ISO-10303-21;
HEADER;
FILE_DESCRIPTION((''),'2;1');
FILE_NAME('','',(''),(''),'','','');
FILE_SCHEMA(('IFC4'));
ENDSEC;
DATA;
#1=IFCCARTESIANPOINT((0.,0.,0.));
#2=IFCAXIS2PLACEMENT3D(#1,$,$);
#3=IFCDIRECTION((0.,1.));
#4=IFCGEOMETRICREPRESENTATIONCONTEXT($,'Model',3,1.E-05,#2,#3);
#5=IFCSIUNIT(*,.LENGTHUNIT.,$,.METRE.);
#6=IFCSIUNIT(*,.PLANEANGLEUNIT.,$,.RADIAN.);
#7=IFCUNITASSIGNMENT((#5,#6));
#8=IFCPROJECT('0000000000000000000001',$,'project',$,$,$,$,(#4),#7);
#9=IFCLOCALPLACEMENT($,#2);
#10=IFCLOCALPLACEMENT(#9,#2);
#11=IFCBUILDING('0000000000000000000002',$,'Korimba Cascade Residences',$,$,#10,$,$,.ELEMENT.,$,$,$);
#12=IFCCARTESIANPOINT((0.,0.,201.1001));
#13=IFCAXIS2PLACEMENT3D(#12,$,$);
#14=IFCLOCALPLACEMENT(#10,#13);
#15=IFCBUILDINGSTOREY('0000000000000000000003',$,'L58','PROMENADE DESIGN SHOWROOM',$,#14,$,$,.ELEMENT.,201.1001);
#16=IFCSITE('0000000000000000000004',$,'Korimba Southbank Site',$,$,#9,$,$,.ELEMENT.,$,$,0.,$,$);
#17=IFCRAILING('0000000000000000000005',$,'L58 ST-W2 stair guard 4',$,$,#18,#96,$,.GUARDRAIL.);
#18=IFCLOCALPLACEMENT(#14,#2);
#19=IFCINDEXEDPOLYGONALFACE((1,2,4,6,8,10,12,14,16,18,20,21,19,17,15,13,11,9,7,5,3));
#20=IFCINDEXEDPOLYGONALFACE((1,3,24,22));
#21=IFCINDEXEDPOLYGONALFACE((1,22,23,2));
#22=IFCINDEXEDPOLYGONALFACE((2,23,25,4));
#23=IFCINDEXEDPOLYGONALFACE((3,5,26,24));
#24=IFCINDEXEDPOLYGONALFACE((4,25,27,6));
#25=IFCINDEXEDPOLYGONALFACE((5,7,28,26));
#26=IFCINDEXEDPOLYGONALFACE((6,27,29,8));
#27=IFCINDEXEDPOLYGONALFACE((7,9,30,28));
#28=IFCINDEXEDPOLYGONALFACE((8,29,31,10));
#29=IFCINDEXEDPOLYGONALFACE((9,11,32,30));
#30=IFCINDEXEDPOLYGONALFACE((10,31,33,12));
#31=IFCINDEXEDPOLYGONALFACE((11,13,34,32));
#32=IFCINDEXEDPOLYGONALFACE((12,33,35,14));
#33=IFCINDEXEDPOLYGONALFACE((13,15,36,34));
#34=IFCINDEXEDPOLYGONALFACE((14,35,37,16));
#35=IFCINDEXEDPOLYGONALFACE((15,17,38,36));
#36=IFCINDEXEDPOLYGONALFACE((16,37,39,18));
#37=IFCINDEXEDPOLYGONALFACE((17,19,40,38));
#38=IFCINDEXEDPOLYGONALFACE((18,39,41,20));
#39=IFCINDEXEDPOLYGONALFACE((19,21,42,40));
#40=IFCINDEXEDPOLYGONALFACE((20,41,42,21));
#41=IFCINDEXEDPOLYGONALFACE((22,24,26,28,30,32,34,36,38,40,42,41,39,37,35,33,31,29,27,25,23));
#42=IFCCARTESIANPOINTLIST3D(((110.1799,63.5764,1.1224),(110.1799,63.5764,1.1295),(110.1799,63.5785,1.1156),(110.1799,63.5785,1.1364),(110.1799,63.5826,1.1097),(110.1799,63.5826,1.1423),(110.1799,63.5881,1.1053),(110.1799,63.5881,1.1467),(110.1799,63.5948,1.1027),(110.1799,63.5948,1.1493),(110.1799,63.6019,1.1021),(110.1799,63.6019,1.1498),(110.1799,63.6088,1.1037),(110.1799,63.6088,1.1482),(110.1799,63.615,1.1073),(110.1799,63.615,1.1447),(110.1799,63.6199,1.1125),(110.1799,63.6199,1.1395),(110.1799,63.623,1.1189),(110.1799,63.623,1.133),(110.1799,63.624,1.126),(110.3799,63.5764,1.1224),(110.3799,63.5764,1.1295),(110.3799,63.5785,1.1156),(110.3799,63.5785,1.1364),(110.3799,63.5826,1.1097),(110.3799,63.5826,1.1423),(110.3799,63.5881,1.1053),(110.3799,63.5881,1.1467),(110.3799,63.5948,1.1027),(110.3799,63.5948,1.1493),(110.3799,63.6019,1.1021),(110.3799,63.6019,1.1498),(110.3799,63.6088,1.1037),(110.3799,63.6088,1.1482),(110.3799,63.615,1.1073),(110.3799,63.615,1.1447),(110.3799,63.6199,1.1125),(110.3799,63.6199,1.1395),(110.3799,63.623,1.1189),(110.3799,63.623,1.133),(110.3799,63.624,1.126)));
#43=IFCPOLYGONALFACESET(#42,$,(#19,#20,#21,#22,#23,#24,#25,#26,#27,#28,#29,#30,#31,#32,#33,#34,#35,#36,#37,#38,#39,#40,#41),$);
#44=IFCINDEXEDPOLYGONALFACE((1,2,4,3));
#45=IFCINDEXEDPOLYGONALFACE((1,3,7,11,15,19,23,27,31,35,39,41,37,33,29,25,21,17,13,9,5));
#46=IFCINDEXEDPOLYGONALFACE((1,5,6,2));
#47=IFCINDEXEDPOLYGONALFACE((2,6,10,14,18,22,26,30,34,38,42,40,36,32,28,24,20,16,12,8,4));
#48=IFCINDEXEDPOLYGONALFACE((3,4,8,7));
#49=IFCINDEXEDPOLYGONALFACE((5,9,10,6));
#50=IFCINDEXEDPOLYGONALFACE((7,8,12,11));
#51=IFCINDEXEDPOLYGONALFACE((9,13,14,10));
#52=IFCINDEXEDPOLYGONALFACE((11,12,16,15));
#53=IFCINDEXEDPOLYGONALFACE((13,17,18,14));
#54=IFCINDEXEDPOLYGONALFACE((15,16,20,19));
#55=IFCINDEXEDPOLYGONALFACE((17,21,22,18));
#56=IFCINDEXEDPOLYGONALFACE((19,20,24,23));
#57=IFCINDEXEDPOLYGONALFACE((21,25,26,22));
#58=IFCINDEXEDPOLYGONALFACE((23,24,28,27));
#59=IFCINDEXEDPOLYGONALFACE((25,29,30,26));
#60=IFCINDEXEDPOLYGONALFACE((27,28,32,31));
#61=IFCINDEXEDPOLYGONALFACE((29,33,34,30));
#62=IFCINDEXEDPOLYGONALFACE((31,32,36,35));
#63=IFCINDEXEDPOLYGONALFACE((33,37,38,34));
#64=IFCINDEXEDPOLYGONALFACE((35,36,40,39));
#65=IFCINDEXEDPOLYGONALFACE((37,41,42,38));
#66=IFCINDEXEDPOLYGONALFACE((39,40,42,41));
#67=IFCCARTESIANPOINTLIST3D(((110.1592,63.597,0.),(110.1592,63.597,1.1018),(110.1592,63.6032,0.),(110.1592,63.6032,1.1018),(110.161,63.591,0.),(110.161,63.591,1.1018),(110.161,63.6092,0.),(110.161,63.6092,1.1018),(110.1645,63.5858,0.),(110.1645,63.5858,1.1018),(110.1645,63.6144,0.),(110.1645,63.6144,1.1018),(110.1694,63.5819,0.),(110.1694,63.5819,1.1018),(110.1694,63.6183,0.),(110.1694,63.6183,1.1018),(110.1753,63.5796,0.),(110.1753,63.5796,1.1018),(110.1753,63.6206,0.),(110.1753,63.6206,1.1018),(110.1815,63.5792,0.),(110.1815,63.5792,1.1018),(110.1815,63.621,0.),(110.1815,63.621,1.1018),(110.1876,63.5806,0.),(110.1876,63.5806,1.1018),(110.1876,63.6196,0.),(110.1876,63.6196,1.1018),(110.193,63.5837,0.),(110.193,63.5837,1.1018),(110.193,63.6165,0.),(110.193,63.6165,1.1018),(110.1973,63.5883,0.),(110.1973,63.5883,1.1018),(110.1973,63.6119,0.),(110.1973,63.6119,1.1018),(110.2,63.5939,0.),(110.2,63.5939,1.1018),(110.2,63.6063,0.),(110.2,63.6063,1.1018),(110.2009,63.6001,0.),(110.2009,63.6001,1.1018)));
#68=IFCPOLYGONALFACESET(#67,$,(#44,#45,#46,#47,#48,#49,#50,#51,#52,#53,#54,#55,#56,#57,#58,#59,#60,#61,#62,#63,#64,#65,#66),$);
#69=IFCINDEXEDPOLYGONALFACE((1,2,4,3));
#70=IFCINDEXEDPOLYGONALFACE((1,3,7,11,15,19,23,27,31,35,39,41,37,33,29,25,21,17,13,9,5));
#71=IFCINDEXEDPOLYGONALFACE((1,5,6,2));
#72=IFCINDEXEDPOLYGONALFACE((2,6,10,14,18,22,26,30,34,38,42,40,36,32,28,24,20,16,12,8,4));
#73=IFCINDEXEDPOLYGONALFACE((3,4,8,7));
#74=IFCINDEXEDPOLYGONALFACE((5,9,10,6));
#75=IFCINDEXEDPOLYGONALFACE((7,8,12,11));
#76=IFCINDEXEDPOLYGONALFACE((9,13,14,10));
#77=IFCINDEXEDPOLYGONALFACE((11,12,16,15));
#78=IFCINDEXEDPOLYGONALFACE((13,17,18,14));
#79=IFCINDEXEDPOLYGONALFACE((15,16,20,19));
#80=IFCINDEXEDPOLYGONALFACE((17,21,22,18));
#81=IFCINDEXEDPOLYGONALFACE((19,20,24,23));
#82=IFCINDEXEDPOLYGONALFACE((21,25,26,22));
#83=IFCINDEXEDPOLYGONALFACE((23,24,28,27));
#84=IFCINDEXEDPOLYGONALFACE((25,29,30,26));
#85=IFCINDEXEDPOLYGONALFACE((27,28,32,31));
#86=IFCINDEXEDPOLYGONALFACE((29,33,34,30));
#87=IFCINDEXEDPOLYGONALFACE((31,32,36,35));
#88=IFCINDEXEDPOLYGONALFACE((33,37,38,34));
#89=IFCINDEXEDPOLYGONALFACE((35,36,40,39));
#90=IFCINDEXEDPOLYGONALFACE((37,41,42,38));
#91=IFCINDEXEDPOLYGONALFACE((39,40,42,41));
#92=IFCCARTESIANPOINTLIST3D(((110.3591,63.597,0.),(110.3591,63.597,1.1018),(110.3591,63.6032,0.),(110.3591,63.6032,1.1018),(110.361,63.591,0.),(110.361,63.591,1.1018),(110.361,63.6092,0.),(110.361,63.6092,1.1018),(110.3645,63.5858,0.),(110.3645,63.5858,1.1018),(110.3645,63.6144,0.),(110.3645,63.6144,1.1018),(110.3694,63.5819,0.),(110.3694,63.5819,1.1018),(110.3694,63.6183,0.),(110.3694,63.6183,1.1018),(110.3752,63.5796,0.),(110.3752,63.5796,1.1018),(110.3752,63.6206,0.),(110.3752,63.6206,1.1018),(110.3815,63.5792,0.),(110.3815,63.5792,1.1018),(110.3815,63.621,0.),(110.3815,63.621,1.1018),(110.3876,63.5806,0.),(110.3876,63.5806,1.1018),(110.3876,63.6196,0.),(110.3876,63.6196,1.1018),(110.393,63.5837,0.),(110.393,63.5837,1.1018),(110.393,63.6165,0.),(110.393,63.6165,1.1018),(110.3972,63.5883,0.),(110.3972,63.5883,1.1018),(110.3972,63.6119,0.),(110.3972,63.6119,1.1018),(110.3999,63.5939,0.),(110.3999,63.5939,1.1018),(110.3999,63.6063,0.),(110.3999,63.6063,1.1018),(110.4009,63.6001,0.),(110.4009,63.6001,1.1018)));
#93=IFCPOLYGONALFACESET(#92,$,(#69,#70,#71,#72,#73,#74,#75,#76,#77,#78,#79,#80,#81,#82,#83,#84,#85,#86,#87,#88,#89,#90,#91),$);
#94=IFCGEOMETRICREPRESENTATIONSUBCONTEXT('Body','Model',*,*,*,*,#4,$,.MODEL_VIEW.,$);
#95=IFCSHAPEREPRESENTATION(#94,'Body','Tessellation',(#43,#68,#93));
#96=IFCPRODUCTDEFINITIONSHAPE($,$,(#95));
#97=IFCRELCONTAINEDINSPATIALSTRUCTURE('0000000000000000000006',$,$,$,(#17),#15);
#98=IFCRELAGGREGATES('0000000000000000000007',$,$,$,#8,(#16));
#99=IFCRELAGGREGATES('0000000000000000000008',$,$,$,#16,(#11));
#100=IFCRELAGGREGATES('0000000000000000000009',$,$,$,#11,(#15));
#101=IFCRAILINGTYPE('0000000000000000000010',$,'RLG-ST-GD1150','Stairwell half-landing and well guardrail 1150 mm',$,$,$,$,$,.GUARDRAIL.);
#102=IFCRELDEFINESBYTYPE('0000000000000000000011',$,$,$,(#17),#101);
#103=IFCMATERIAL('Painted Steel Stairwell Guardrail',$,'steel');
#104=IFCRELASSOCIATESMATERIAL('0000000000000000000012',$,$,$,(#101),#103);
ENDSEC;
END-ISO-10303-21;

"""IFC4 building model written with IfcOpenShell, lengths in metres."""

from ifc_helpers import new_model, si_unit, direction, frame, origin, origin_2d, place, context, subcontext, project, spatial, circle, extrude, material, type_object, element, save


model = new_model("IFC4")

# Units and contexts
model_context = context("Model", 3, precision=1e-05, world=origin(), true_north=direction((0.0, 1.0)))
body_context = subcontext(model_context, "Body", "Model", "MODEL_VIEW")
ifc_project = project(units=[si_unit("LENGTHUNIT", "METRE"), si_unit("PLANEANGLEUNIT", "RADIAN")], contexts=[model_context])

# Site, building, storey
site_placement = place(None, origin())
site = spatial("IfcSite", under=ifc_project, at=site_placement, Name="Korimba Southbank Site", CompositionType="ELEMENT", RefElevation=0.0)
building_placement = place(site_placement, origin())
building = spatial("IfcBuilding", under=site, at=building_placement, Name="Korimba Cascade Residences", CompositionType="ELEMENT")
storey_placement = place(building_placement, frame((0.0, 0.0, 201.1001)))
storey = spatial("IfcBuildingStorey", under=building, at=storey_placement, Name="L58", Description="PROMENADE DESIGN SHOWROOM", CompositionType="ELEMENT", Elevation=201.1001)

# Railing
ifc_material_1 = material(Name="Painted Steel Stairwell Guardrail", Category="steel")
railing_type_1 = type_object("IfcRailingType", Name="RLG-ST-GD1150", Description="Stairwell half-landing and well guardrail 1150 mm", PredefinedType="GUARDRAIL", material=ifc_material_1)
railing_1_placement = place(storey_placement, frame((110.1799, 63.6001, 0.0)))
element("IfcRailing", 1, at=railing_1_placement, inside=storey, type_object=railing_type_1, Name="L58 ST-W2 stair guard 4", PredefinedType="GUARDRAIL", context=body_context, shape_type="SweptSolid", body=[
    extrude(circle(Radius=0.0239, at=origin_2d()), frame((0.0, 0.0, 1.126), z_axis=(1.0, 0.0, 0.0), x_axis=(0.0, 1.0, 0.0)), (0.0, 0.0, 1.0), 0.2),
    extrude(circle(Radius=0.021, at=origin_2d()), origin(), (0.0, 0.0, 1.0), 1.1018),
    extrude(circle(Radius=0.021, at=origin_2d()), frame((0.2, 0.0, 0.0)), (0.0, 0.0, 1.0), 1.1018),
])

save(model, "model.ifc")
